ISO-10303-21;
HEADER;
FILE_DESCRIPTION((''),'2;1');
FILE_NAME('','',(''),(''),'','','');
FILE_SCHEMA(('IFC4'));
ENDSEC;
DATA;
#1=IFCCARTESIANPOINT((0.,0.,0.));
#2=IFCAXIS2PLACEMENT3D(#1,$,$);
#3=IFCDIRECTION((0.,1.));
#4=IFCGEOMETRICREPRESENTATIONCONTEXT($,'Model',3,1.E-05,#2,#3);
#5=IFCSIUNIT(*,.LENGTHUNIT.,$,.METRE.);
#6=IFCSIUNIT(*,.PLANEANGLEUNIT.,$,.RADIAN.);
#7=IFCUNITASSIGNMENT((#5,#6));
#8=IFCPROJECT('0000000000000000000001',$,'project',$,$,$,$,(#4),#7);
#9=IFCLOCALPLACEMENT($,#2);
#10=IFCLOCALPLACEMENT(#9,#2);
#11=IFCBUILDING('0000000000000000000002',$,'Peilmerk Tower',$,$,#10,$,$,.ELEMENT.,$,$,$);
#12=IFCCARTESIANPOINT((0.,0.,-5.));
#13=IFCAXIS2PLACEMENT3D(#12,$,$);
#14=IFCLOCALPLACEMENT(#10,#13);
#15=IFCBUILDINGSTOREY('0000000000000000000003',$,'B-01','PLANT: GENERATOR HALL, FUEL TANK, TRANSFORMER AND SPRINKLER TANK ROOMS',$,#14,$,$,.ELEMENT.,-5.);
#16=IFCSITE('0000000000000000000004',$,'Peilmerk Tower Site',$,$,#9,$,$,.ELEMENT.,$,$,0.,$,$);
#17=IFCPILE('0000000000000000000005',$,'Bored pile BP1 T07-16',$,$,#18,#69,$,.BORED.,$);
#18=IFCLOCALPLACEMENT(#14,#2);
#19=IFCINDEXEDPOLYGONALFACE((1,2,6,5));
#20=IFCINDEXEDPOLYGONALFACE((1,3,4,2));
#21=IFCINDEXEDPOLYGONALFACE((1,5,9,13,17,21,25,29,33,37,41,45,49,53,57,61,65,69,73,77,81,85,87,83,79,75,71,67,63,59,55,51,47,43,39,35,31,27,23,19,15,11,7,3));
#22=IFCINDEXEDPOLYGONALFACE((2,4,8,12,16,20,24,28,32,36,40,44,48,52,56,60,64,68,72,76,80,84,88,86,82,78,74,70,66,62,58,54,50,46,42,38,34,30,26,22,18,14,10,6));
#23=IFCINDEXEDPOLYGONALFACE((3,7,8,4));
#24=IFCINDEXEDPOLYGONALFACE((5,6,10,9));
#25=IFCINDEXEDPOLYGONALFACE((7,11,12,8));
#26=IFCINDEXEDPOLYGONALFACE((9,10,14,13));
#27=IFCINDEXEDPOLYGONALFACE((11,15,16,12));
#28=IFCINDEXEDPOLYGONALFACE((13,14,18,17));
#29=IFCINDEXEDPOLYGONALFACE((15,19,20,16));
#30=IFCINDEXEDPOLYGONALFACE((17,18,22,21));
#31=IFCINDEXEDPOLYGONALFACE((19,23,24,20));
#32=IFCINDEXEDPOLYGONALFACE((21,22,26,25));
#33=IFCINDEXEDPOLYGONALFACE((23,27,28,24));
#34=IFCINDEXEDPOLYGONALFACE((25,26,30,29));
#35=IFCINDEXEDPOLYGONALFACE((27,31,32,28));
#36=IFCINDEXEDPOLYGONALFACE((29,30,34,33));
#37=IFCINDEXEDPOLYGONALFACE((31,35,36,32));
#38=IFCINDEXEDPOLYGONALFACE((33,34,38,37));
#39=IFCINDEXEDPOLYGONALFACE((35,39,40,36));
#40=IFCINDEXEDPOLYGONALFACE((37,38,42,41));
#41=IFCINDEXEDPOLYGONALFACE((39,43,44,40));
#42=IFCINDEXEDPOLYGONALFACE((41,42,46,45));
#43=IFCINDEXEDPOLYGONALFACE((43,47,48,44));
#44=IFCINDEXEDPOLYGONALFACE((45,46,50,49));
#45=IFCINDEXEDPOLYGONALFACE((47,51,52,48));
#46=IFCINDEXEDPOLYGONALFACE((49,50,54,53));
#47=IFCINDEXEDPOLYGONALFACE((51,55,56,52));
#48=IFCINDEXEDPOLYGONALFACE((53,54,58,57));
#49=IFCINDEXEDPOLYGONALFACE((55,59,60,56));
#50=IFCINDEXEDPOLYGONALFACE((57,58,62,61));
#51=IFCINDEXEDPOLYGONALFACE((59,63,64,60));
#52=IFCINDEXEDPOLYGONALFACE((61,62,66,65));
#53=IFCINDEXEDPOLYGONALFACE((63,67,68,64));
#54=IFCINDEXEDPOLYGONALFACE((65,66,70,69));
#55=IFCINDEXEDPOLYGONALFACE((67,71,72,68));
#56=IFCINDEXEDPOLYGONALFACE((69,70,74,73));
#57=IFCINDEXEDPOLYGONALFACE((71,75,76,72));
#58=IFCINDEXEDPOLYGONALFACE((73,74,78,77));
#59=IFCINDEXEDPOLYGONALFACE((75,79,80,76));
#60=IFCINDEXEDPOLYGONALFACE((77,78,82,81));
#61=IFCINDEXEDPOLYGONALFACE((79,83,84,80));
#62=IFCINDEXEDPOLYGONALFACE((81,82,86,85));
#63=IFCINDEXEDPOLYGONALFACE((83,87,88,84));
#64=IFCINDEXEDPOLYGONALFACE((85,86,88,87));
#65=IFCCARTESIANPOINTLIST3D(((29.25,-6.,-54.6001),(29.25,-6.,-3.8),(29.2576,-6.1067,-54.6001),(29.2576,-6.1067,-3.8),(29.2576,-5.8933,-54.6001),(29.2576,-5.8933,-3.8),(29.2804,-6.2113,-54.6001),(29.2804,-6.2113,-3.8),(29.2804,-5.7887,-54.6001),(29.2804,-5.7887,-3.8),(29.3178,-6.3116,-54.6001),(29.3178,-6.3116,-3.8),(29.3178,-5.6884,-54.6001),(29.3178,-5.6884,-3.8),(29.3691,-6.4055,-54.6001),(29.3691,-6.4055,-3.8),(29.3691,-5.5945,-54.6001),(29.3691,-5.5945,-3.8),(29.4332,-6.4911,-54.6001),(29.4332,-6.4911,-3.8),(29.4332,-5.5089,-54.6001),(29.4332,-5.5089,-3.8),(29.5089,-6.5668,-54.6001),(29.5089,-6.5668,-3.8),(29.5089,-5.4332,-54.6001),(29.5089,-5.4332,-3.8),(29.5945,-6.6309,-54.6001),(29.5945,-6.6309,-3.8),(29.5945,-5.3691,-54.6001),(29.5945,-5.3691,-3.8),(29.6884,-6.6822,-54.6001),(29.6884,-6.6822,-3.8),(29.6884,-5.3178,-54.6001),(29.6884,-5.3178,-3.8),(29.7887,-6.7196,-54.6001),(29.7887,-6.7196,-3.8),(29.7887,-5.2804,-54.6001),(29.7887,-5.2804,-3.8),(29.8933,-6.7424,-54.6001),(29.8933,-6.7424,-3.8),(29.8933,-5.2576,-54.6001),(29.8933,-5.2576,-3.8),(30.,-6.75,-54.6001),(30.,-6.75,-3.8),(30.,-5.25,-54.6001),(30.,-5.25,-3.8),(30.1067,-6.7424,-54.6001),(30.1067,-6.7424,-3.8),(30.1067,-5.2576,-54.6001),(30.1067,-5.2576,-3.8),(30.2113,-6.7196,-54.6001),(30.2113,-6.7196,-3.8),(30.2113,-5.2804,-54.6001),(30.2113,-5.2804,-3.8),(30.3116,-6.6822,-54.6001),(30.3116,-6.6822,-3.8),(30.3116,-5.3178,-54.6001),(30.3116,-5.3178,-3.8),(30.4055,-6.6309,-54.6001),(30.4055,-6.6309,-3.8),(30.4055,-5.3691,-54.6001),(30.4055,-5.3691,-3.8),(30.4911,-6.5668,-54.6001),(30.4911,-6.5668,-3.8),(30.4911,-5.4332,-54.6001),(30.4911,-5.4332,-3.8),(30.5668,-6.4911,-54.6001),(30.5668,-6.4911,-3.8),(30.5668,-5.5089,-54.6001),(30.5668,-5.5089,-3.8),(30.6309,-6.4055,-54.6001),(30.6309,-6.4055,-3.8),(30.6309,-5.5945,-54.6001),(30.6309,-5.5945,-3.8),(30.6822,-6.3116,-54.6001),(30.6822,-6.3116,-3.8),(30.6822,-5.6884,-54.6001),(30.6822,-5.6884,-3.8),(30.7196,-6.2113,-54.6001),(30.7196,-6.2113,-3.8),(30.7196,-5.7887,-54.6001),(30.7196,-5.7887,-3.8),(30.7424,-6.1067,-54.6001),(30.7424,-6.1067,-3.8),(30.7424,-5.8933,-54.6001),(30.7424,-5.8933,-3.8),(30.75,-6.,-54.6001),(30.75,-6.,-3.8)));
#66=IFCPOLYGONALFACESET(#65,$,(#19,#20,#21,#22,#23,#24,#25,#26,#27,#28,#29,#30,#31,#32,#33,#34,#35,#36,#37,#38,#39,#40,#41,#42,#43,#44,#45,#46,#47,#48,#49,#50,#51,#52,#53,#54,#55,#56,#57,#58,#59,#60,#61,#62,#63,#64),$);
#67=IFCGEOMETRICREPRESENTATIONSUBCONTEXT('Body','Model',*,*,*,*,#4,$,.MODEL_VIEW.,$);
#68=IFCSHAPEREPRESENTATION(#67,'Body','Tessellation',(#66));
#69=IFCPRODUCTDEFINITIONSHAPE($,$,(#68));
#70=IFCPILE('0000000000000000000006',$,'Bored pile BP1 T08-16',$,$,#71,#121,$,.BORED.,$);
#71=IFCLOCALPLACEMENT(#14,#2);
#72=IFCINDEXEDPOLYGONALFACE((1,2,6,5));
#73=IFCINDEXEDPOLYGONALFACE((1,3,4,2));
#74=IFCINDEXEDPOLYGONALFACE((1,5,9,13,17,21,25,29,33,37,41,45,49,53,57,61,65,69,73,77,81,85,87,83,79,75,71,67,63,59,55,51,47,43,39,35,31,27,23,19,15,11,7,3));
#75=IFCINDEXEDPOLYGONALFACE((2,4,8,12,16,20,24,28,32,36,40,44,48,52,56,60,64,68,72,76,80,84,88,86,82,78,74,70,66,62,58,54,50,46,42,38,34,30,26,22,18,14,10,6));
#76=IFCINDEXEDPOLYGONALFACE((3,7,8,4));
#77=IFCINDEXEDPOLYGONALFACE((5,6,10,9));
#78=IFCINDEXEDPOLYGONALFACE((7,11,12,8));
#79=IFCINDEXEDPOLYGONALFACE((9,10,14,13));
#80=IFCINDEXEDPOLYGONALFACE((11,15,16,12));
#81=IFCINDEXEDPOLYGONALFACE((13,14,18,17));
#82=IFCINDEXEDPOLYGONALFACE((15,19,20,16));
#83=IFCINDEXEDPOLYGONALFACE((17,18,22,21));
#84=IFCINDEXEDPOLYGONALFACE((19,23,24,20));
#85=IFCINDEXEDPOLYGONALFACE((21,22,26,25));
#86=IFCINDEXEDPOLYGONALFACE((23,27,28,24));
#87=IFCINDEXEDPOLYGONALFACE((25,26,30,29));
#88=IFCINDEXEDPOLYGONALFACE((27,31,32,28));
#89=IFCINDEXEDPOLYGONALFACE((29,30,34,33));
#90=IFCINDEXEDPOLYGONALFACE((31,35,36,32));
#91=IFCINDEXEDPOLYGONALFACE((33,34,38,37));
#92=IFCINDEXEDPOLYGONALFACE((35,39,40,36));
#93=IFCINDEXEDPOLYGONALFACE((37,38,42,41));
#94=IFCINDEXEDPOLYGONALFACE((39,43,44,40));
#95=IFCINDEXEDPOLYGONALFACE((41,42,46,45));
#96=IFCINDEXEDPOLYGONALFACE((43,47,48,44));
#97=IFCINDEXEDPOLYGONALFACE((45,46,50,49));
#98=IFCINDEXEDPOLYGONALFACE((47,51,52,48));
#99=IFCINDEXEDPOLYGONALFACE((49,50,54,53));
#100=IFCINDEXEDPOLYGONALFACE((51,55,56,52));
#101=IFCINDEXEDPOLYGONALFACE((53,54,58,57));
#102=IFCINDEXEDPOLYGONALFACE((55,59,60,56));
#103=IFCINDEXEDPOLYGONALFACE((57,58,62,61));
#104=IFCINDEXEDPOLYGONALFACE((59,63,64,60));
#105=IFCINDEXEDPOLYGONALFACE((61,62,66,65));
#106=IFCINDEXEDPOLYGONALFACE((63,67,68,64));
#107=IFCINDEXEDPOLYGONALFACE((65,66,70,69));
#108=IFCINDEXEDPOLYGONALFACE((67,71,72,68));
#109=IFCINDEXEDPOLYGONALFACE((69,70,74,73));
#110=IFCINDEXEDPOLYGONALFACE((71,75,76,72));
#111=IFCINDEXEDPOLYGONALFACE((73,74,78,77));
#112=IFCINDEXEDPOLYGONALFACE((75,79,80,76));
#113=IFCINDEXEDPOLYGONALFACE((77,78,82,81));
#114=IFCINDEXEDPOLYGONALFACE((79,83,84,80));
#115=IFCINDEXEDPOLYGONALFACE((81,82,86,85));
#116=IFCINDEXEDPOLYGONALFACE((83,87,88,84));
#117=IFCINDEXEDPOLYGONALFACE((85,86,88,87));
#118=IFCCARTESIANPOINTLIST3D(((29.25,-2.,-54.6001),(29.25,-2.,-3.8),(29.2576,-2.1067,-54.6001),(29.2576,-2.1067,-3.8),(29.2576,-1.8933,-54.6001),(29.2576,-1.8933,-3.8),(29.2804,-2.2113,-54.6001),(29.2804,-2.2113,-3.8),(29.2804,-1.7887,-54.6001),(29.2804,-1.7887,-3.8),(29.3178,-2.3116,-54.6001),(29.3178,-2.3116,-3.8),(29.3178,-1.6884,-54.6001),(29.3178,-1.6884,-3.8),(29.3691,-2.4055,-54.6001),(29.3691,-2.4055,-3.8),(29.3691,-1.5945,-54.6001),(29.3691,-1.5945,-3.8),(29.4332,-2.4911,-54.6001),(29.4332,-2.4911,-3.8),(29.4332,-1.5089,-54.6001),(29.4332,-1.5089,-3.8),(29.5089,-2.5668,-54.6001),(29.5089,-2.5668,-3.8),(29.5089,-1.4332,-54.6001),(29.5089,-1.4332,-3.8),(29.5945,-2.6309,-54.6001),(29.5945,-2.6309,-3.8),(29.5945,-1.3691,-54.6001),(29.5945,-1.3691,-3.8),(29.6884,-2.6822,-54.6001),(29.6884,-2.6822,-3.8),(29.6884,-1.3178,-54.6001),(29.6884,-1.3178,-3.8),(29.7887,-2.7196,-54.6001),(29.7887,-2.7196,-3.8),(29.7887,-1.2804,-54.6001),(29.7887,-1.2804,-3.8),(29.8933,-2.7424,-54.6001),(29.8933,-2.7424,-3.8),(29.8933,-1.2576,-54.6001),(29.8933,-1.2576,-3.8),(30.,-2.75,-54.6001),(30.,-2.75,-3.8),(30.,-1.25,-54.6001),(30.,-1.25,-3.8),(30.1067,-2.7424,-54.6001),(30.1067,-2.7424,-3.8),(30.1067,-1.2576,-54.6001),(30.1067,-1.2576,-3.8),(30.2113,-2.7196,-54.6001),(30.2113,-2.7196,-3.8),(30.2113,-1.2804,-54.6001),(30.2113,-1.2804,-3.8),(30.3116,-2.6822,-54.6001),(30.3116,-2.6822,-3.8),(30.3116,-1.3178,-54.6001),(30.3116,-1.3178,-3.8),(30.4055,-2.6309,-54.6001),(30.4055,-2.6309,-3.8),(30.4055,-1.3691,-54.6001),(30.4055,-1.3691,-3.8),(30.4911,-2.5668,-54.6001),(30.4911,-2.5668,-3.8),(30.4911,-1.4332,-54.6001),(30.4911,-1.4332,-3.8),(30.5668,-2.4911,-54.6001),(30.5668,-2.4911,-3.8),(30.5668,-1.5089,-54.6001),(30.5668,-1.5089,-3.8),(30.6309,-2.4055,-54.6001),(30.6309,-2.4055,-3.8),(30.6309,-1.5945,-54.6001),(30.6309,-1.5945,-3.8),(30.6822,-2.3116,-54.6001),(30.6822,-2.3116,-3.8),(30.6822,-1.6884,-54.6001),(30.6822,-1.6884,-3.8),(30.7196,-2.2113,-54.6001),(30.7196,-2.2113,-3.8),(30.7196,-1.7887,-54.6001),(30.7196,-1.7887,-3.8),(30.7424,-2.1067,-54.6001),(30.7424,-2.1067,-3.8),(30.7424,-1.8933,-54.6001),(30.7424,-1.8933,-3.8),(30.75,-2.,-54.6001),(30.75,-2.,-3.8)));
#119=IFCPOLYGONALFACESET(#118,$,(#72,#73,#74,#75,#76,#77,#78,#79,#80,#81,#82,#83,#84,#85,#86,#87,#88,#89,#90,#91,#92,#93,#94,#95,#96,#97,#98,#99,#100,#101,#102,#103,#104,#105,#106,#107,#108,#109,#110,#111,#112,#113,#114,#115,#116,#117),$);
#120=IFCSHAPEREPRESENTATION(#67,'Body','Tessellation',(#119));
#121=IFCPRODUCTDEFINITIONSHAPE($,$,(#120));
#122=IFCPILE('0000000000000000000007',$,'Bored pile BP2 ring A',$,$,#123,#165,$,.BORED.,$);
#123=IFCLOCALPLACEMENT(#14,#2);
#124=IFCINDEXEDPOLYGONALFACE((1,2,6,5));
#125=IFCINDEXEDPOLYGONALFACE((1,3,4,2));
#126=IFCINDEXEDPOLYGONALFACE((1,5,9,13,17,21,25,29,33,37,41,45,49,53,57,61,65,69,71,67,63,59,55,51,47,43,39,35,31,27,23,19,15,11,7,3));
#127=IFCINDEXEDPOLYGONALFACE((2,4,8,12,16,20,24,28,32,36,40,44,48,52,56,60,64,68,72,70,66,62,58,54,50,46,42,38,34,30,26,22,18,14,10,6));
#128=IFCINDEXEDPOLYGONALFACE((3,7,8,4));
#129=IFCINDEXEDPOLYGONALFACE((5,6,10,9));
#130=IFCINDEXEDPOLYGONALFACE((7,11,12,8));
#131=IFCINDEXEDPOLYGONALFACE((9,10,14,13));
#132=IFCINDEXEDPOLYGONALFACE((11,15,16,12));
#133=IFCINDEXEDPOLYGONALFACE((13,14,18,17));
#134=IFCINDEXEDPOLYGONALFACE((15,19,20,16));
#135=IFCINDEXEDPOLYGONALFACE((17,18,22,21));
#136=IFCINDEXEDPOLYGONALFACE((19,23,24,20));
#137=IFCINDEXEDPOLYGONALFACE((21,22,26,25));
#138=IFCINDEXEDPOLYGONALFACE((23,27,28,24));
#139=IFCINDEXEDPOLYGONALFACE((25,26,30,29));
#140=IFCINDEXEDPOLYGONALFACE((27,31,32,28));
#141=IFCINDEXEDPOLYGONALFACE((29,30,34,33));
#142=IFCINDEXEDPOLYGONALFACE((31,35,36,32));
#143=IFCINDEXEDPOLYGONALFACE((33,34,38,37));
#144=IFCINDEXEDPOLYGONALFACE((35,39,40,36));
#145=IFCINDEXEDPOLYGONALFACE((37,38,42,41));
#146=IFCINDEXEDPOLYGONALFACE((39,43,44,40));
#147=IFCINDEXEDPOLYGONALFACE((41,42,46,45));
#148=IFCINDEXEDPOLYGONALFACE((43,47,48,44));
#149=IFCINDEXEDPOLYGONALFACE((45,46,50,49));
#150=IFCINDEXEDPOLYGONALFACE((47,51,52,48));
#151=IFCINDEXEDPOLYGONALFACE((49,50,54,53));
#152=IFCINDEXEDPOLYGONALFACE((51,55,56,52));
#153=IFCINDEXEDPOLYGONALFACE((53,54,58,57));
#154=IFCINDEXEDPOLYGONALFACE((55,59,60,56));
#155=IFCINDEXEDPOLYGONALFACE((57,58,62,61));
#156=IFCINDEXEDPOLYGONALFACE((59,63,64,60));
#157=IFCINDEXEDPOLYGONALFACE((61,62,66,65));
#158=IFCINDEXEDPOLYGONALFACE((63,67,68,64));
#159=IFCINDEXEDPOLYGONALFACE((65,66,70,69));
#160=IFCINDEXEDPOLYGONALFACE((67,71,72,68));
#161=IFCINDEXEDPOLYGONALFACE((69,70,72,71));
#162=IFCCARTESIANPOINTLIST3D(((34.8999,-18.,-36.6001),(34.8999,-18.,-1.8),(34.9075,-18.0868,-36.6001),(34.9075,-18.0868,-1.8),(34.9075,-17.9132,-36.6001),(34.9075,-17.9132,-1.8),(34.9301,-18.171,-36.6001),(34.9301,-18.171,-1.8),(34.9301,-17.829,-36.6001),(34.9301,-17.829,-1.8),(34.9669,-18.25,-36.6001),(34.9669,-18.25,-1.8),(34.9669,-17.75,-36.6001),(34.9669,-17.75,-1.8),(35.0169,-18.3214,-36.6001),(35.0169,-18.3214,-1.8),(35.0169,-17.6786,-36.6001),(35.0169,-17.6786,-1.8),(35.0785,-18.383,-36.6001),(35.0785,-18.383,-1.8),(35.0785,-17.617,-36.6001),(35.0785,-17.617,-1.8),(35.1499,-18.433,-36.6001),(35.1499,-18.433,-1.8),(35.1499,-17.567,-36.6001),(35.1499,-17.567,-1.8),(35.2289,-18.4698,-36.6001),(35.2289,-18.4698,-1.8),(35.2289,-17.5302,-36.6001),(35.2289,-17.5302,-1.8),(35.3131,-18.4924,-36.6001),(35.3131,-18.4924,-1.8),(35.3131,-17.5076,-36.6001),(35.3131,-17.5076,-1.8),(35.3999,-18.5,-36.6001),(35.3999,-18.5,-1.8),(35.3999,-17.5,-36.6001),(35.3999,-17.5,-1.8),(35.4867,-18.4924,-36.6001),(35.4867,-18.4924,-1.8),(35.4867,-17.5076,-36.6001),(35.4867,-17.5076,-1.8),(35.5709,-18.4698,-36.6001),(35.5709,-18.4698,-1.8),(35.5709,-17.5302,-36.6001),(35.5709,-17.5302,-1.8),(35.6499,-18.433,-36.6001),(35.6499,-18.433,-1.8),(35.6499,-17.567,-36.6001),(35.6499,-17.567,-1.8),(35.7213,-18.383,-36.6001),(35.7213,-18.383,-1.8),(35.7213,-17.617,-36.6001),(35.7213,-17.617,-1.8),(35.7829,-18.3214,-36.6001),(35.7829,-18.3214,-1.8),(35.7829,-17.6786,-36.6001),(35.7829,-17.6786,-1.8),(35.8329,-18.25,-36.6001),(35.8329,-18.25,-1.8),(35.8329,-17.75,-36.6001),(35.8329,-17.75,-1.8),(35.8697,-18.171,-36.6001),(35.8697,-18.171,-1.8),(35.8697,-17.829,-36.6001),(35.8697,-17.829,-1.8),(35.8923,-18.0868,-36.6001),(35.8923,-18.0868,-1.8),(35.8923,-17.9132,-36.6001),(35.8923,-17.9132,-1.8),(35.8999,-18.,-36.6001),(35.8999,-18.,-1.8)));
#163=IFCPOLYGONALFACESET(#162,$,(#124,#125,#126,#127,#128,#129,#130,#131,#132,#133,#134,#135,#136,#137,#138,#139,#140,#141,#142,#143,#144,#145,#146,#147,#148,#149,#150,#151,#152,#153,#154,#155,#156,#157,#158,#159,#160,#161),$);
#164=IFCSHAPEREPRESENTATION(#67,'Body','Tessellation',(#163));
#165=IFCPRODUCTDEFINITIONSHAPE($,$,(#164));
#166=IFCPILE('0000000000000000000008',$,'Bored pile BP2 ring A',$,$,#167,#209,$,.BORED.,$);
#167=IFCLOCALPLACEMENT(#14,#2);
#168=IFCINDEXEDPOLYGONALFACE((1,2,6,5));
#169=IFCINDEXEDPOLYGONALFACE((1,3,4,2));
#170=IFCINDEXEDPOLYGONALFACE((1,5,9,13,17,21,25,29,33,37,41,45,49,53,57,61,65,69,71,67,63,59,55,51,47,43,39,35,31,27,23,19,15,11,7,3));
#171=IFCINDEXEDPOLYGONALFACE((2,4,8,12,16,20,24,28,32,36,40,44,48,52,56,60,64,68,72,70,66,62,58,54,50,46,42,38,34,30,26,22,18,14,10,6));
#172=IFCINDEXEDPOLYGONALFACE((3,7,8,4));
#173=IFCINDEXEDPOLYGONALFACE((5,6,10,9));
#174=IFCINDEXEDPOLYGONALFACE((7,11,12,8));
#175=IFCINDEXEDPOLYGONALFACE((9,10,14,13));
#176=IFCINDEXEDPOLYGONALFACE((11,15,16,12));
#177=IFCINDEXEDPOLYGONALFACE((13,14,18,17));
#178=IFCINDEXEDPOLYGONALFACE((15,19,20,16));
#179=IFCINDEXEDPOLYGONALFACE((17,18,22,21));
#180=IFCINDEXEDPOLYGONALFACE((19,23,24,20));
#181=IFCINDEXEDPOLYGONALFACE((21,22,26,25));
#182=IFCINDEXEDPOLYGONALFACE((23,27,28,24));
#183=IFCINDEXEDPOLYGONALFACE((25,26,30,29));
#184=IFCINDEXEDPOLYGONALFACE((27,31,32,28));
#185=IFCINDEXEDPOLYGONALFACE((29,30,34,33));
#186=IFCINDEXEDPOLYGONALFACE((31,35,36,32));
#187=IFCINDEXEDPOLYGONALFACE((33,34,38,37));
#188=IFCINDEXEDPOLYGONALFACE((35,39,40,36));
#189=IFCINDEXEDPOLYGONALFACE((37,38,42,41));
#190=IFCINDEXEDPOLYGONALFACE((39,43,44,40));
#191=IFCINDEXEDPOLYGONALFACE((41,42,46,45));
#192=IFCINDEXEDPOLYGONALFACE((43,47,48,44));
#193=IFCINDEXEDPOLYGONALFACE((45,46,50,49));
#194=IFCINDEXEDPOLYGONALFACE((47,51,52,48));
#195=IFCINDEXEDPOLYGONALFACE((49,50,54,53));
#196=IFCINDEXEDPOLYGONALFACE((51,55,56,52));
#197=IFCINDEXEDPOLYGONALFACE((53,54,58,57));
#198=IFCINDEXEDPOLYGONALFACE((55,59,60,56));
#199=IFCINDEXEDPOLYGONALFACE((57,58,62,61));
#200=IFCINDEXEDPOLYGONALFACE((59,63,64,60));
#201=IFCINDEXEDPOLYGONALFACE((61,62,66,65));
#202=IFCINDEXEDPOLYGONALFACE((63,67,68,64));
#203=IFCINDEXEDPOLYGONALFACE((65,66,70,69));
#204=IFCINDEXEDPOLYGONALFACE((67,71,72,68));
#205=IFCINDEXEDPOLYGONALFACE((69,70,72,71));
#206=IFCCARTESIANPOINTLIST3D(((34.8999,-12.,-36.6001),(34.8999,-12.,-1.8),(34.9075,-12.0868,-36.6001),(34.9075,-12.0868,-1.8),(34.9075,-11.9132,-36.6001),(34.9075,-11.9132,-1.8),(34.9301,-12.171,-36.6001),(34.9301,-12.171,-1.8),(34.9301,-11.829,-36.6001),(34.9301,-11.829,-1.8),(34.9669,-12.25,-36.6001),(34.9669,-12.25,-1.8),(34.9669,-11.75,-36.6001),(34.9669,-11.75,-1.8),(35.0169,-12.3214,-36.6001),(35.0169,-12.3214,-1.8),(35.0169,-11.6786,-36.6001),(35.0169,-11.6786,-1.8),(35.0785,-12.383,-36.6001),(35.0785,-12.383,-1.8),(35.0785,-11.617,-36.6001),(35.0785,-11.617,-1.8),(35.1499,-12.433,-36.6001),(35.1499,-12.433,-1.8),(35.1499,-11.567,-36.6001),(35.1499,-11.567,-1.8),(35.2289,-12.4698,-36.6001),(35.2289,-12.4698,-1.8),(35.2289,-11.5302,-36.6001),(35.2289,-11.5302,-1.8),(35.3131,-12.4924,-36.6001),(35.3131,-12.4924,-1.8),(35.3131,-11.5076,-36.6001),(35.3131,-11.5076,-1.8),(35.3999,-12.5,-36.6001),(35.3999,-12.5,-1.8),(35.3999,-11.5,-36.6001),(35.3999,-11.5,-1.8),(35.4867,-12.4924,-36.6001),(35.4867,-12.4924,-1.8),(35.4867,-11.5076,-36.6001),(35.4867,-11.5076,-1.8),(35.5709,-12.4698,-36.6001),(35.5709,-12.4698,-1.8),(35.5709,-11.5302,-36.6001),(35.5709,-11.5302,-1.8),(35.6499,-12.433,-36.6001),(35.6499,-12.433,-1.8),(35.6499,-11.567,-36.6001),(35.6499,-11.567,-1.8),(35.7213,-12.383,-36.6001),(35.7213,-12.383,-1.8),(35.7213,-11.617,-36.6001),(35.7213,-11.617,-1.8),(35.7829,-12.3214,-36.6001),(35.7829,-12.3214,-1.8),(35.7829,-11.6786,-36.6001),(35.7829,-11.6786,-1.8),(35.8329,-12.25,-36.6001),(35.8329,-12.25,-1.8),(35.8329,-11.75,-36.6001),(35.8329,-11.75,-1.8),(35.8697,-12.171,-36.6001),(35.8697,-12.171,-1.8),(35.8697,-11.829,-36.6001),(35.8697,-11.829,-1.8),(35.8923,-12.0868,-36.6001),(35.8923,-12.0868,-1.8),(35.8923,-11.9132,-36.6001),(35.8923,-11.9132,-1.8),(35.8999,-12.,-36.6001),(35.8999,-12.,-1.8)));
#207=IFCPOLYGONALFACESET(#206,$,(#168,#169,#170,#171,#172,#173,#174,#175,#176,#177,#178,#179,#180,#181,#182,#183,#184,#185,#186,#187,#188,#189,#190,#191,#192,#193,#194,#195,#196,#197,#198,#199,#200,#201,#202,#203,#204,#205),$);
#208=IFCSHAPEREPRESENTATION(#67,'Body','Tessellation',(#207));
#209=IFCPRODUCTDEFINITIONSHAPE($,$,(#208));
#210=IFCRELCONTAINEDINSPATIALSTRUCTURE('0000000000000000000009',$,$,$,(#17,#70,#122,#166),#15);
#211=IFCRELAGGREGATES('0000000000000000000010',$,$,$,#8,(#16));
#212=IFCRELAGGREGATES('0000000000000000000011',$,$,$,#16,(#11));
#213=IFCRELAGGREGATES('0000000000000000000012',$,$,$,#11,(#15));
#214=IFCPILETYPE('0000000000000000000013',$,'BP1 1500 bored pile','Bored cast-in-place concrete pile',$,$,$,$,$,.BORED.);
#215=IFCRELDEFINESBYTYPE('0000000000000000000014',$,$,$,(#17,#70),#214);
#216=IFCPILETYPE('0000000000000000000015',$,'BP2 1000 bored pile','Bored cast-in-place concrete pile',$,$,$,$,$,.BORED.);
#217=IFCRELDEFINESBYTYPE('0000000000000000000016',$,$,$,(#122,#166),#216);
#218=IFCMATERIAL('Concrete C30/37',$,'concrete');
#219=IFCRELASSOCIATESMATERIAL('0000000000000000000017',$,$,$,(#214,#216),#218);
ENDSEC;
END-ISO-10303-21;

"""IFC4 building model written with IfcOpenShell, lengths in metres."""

from ifc_helpers import new_model, si_unit, direction, frame, origin, origin_2d, place, context, subcontext, project, spatial, circle, extrude, material, material_profile, profile_set, type_object, element, save


model = new_model("IFC4")

# Units and contexts
model_context = context("Model", 3, precision=1e-05, world=origin(), true_north=direction((0.0, 1.0)))
body_context = subcontext(model_context, "Body", "Model", "MODEL_VIEW")
ifc_project = project(units=[si_unit("LENGTHUNIT", "METRE"), si_unit("PLANEANGLEUNIT", "RADIAN")], contexts=[model_context])

# Site, building, storey
site_placement = place(None, origin())
site = spatial("IfcSite", under=ifc_project, at=site_placement, Name="Peilmerk Tower Site", CompositionType="ELEMENT", RefElevation=0.0)
building_placement = place(site_placement, origin())
building = spatial("IfcBuilding", under=site, at=building_placement, Name="Peilmerk Tower", CompositionType="ELEMENT")
storey_placement = place(building_placement, frame((0.0, 0.0, -5.0)))
storey = spatial("IfcBuildingStorey", under=building, at=storey_placement, Name="B-01", Description="PLANT: GENERATOR HALL, FUEL TANK, TRANSFORMER AND SPRINKLER TANK ROOMS", CompositionType="ELEMENT", Elevation=-5.0)

# Piles
ifc_material_1 = material(Name="Concrete C30/37", Category="concrete")
ifc_material_profile_1 = material_profile(ifc_material_1, circle(Radius=0.75, at=origin_2d()), Name="BP 1500")
ifc_profile_set_1 = profile_set([ifc_material_profile_1], Name="Concrete C30/37")
pile_type_1 = type_object("IfcPileType", Name="BP1 1500 bored pile", Description="Bored cast-in-place concrete pile", PredefinedType="BORED", material=ifc_profile_set_1)
for number, where, z_axis, x_axis, name in (
    (1, (30.0, -6.0, -3.8), (0.0, 0.0, -1.0), (1.0, 0.0, 0.0), "Bored pile BP1 T07-16"),
    (2, (30.0, -2.0, -3.8), (0.0, 0.0, -1.0), (1.0, 0.0, 0.0), "Bored pile BP1 T08-16"),
):
    element("IfcPile", number, at=place(storey_placement, frame(where, z_axis=z_axis, x_axis=x_axis)), inside=storey, type_object=pile_type_1, Name=name, PredefinedType="BORED", context=body_context, shape_type="SweptSolid", body=[
        extrude(circle(Radius=0.75, at=origin_2d()), origin(), (0.0, 0.0, 1.0), 50.8),
    ])
ifc_material_profile_2 = material_profile(ifc_material_1, circle(Radius=0.5, at=origin_2d()), Name="BP 1000")
ifc_profile_set_2 = profile_set([ifc_material_profile_2], Name="Concrete C30/37")
pile_type_2 = type_object("IfcPileType", Name="BP2 1000 bored pile", Description="Bored cast-in-place concrete pile", PredefinedType="BORED", material=ifc_profile_set_2)
for number, where, z_axis, x_axis, name in (
    (3, (35.3999, -18.0, -1.8), (0.0, 0.0, -1.0), (1.0, 0.0, 0.0), "Bored pile BP2 ring A"),
    (4, (35.3999, -12.0, -1.8), (0.0, 0.0, -1.0), (1.0, 0.0, 0.0), "Bored pile BP2 ring A"),
):
    element("IfcPile", number, at=place(storey_placement, frame(where, z_axis=z_axis, x_axis=x_axis)), inside=storey, type_object=pile_type_2, Name=name, PredefinedType="BORED", context=body_context, shape_type="SweptSolid", body=[
        extrude(circle(Radius=0.5, at=origin_2d()), origin(), (0.0, 0.0, 1.0), 34.8),
    ])

save(model, "model.ifc")
